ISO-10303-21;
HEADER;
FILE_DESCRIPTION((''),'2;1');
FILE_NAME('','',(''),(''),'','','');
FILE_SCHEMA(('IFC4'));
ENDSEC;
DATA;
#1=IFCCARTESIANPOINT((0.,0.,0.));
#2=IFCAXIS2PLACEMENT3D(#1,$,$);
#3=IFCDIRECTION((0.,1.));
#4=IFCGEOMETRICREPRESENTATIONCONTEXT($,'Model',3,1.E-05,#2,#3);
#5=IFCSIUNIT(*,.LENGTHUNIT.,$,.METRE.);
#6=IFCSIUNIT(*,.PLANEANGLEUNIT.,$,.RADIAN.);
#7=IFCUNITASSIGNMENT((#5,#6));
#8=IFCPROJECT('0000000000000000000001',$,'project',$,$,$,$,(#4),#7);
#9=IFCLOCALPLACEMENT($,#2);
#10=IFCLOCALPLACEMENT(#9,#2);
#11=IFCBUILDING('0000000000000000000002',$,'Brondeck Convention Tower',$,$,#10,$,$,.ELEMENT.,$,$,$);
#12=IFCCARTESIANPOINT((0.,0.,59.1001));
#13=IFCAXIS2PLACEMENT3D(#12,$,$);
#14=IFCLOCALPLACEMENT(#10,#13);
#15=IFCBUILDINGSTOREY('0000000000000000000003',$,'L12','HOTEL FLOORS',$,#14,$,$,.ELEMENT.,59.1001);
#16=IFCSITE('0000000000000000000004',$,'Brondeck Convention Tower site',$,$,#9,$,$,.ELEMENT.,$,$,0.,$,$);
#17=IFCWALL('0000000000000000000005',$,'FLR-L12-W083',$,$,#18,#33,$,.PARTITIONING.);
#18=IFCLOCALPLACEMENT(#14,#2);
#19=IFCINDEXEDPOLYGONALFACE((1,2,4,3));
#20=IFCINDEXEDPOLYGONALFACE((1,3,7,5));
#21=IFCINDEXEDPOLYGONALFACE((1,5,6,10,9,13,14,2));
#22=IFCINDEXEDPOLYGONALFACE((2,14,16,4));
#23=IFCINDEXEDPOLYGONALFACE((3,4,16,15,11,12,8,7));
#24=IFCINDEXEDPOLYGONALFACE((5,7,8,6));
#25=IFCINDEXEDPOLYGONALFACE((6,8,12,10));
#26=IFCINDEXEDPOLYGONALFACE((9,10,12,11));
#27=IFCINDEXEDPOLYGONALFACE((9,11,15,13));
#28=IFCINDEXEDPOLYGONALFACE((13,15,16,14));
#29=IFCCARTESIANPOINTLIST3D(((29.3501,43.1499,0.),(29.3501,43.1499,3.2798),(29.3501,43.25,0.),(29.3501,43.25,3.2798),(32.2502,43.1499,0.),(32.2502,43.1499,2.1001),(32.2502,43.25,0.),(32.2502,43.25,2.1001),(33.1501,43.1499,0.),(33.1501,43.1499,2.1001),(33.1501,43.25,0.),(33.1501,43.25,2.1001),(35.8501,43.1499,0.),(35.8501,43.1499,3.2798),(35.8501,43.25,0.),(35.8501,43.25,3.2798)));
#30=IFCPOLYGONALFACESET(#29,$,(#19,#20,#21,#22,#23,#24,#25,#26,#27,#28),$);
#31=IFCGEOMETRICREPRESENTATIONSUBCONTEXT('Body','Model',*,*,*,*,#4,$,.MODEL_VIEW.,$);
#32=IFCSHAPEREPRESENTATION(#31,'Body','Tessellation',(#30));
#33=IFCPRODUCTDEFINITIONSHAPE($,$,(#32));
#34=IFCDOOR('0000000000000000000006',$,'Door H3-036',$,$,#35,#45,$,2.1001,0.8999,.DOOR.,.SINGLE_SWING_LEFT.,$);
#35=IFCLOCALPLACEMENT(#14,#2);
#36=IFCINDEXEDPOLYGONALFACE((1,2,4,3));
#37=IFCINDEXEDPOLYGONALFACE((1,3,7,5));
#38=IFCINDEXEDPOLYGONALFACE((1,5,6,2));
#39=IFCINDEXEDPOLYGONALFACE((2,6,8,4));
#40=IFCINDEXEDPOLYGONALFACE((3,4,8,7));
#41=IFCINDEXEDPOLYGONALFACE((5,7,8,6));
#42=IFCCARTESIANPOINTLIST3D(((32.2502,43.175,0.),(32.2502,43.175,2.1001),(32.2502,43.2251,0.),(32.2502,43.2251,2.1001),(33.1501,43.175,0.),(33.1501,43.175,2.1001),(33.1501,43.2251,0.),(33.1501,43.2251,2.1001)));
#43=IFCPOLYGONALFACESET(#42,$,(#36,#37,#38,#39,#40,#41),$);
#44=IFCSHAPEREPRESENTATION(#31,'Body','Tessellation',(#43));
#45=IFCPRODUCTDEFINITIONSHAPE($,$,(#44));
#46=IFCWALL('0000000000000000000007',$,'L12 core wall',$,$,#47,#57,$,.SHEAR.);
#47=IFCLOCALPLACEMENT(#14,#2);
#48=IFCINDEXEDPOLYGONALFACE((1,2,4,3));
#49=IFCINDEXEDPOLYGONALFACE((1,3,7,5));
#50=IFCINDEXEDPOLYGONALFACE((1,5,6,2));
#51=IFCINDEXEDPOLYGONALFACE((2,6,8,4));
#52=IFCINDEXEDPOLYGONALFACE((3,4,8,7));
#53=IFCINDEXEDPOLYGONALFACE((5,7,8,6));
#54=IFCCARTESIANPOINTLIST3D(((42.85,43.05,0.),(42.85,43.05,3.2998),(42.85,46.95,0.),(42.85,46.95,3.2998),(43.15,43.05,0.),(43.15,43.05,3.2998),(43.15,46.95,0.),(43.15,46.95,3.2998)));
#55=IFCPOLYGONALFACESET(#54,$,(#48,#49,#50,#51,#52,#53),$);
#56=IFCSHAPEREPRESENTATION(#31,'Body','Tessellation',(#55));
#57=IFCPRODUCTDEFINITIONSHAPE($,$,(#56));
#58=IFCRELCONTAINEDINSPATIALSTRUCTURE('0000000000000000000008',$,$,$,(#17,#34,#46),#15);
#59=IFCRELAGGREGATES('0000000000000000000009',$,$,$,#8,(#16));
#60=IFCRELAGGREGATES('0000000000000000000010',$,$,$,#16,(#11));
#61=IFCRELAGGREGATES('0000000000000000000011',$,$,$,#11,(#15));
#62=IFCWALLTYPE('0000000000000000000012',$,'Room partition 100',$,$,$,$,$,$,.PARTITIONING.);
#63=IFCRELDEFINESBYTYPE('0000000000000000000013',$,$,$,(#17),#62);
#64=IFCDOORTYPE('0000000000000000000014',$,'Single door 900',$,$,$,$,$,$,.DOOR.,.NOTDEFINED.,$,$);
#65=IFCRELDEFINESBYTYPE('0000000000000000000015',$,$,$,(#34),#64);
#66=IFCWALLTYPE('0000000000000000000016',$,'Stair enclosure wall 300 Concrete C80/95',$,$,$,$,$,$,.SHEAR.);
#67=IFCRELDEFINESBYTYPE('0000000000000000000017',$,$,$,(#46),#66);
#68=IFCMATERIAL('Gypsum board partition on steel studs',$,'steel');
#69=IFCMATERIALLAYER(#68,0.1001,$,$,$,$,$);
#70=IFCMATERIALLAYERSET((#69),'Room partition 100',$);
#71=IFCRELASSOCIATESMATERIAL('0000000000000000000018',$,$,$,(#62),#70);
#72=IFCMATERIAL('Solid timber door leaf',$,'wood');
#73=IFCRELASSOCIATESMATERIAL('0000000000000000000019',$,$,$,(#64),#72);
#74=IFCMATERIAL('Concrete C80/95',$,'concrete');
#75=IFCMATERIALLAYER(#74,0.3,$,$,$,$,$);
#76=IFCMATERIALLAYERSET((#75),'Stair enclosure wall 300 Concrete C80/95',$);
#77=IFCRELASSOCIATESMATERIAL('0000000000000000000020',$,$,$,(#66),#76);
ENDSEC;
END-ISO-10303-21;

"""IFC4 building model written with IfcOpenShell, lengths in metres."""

from ifc_helpers import new_model, si_unit, direction, frame, frame_2d, origin, place, context, subcontext, project, spatial, rectangle, extrude, material, layer, layer_set, type_object, element, fill, save


model = new_model("IFC4")

# Units and contexts
model_context = context("Model", 3, precision=1e-05, world=origin(), true_north=direction((0.0, 1.0)))
body_context = subcontext(model_context, "Body", "Model", "MODEL_VIEW")
ifc_project = project(units=[si_unit("LENGTHUNIT", "METRE"), si_unit("PLANEANGLEUNIT", "RADIAN")], contexts=[model_context])

# Site, building, storey
site_placement = place(None, origin())
site = spatial("IfcSite", under=ifc_project, at=site_placement, Name="Brondeck Convention Tower site", CompositionType="ELEMENT", RefElevation=0.0)
building_placement = place(site_placement, origin())
building = spatial("IfcBuilding", under=site, at=building_placement, Name="Brondeck Convention Tower", CompositionType="ELEMENT")
storey_placement = place(building_placement, frame((0.0, 0.0, 59.1001)))
storey = spatial("IfcBuildingStorey", under=building, at=storey_placement, Name="L12", Description="HOTEL FLOORS", CompositionType="ELEMENT", Elevation=59.1001)

# Shared definitions
ifc_material_1 = material(Name="Concrete C80/95", Category="concrete")

# Shared definitions
ifc_material_2 = material(Name="Solid timber door leaf", Category="wood")

# Shared definitions
ifc_material_3 = material(Name="Gypsum board partition on steel studs", Category="steel")
ifc_layer_1 = layer(ifc_material_3, 0.1001)
ifc_layer_set_1 = layer_set([ifc_layer_1], Name="Room partition 100")
wall_type_1 = type_object("IfcWallType", Name="Room partition 100", PredefinedType="PARTITIONING", material=ifc_layer_set_1)

# Shared definitions
door_type_1 = type_object("IfcDoorType", Name="Single door 900", OperationType="NOTDEFINED", PredefinedType="DOOR", material=ifc_material_2)

# Wall, opening, door
wall_1_placement = place(storey_placement, frame((35.8501, 43.2, 0.0), z_axis=(0.0, 0.0, 1.0), x_axis=(-1.0, 0.0, 0.0)))
wall_1 = element("IfcWall", 1, at=wall_1_placement, inside=storey, type_object=wall_type_1, Name="FLR-L12-W083", PredefinedType="PARTITIONING", context=body_context, shape_type="SweptSolid", body=[
    extrude(rectangle(XDim=6.5, YDim=0.1001, at=frame_2d((3.25, 0.0))), origin(), (0.0, 0.0, 1.0), 3.2798),
])
opening_1_placement = place(wall_1_placement, frame((2.7, 0.0, 0.0)))
opening_1 = element("IfcOpeningElement", 2, at=opening_1_placement, cuts=wall_1, PredefinedType="OPENING", context=body_context, shape_type="SweptSolid", body=[
    extrude(rectangle(XDim=0.8999, YDim=2.1001, at=frame_2d((0.45, 1.05))), frame((0.0, 0.0601, 0.0), z_axis=(0.0, -1.0, 0.0), x_axis=(1.0, 0.0, 0.0)), (0.0, 0.0, 1.0), 0.1201),
])
door_1_placement = place(opening_1_placement, origin())
door_1 = element("IfcDoor", 3, at=door_1_placement, inside=storey, type_object=door_type_1, Name="Door H3-036", OperationType="SINGLE_SWING_LEFT", OverallHeight=2.1001, OverallWidth=0.8999, PredefinedType="DOOR", context=body_context, shape_type="SweptSolid", body=[
    extrude(rectangle(XDim=0.8999, YDim=2.1001, at=frame_2d((0.45, 1.05))), frame((0.0, 0.0249, 0.0), z_axis=(0.0, -1.0, 0.0), x_axis=(1.0, 0.0, 0.0)), (0.0, 0.0, 1.0), 0.05),
])
fill(opening_1, door_1)

# Wall
ifc_layer_2 = layer(ifc_material_1, 0.3)
ifc_layer_set_2 = layer_set([ifc_layer_2], Name="Stair enclosure wall 300 Concrete C80/95")
wall_type_2 = type_object("IfcWallType", Name="Stair enclosure wall 300 Concrete C80/95", PredefinedType="SHEAR", material=ifc_layer_set_2)
wall_2_placement = place(storey_placement, frame((43.0, 43.05, 0.0), z_axis=(0.0, 0.0, 1.0), x_axis=(0.0, 1.0, 0.0)))
element("IfcWall", 4, at=wall_2_placement, inside=storey, type_object=wall_type_2, Name="L12 core wall", PredefinedType="SHEAR", context=body_context, shape_type="SweptSolid", body=[
    extrude(rectangle(XDim=3.8999, YDim=0.3, at=frame_2d((1.95, 0.0))), origin(), (0.0, 0.0, 1.0), 3.2998),
])

save(model, "model.ifc")
